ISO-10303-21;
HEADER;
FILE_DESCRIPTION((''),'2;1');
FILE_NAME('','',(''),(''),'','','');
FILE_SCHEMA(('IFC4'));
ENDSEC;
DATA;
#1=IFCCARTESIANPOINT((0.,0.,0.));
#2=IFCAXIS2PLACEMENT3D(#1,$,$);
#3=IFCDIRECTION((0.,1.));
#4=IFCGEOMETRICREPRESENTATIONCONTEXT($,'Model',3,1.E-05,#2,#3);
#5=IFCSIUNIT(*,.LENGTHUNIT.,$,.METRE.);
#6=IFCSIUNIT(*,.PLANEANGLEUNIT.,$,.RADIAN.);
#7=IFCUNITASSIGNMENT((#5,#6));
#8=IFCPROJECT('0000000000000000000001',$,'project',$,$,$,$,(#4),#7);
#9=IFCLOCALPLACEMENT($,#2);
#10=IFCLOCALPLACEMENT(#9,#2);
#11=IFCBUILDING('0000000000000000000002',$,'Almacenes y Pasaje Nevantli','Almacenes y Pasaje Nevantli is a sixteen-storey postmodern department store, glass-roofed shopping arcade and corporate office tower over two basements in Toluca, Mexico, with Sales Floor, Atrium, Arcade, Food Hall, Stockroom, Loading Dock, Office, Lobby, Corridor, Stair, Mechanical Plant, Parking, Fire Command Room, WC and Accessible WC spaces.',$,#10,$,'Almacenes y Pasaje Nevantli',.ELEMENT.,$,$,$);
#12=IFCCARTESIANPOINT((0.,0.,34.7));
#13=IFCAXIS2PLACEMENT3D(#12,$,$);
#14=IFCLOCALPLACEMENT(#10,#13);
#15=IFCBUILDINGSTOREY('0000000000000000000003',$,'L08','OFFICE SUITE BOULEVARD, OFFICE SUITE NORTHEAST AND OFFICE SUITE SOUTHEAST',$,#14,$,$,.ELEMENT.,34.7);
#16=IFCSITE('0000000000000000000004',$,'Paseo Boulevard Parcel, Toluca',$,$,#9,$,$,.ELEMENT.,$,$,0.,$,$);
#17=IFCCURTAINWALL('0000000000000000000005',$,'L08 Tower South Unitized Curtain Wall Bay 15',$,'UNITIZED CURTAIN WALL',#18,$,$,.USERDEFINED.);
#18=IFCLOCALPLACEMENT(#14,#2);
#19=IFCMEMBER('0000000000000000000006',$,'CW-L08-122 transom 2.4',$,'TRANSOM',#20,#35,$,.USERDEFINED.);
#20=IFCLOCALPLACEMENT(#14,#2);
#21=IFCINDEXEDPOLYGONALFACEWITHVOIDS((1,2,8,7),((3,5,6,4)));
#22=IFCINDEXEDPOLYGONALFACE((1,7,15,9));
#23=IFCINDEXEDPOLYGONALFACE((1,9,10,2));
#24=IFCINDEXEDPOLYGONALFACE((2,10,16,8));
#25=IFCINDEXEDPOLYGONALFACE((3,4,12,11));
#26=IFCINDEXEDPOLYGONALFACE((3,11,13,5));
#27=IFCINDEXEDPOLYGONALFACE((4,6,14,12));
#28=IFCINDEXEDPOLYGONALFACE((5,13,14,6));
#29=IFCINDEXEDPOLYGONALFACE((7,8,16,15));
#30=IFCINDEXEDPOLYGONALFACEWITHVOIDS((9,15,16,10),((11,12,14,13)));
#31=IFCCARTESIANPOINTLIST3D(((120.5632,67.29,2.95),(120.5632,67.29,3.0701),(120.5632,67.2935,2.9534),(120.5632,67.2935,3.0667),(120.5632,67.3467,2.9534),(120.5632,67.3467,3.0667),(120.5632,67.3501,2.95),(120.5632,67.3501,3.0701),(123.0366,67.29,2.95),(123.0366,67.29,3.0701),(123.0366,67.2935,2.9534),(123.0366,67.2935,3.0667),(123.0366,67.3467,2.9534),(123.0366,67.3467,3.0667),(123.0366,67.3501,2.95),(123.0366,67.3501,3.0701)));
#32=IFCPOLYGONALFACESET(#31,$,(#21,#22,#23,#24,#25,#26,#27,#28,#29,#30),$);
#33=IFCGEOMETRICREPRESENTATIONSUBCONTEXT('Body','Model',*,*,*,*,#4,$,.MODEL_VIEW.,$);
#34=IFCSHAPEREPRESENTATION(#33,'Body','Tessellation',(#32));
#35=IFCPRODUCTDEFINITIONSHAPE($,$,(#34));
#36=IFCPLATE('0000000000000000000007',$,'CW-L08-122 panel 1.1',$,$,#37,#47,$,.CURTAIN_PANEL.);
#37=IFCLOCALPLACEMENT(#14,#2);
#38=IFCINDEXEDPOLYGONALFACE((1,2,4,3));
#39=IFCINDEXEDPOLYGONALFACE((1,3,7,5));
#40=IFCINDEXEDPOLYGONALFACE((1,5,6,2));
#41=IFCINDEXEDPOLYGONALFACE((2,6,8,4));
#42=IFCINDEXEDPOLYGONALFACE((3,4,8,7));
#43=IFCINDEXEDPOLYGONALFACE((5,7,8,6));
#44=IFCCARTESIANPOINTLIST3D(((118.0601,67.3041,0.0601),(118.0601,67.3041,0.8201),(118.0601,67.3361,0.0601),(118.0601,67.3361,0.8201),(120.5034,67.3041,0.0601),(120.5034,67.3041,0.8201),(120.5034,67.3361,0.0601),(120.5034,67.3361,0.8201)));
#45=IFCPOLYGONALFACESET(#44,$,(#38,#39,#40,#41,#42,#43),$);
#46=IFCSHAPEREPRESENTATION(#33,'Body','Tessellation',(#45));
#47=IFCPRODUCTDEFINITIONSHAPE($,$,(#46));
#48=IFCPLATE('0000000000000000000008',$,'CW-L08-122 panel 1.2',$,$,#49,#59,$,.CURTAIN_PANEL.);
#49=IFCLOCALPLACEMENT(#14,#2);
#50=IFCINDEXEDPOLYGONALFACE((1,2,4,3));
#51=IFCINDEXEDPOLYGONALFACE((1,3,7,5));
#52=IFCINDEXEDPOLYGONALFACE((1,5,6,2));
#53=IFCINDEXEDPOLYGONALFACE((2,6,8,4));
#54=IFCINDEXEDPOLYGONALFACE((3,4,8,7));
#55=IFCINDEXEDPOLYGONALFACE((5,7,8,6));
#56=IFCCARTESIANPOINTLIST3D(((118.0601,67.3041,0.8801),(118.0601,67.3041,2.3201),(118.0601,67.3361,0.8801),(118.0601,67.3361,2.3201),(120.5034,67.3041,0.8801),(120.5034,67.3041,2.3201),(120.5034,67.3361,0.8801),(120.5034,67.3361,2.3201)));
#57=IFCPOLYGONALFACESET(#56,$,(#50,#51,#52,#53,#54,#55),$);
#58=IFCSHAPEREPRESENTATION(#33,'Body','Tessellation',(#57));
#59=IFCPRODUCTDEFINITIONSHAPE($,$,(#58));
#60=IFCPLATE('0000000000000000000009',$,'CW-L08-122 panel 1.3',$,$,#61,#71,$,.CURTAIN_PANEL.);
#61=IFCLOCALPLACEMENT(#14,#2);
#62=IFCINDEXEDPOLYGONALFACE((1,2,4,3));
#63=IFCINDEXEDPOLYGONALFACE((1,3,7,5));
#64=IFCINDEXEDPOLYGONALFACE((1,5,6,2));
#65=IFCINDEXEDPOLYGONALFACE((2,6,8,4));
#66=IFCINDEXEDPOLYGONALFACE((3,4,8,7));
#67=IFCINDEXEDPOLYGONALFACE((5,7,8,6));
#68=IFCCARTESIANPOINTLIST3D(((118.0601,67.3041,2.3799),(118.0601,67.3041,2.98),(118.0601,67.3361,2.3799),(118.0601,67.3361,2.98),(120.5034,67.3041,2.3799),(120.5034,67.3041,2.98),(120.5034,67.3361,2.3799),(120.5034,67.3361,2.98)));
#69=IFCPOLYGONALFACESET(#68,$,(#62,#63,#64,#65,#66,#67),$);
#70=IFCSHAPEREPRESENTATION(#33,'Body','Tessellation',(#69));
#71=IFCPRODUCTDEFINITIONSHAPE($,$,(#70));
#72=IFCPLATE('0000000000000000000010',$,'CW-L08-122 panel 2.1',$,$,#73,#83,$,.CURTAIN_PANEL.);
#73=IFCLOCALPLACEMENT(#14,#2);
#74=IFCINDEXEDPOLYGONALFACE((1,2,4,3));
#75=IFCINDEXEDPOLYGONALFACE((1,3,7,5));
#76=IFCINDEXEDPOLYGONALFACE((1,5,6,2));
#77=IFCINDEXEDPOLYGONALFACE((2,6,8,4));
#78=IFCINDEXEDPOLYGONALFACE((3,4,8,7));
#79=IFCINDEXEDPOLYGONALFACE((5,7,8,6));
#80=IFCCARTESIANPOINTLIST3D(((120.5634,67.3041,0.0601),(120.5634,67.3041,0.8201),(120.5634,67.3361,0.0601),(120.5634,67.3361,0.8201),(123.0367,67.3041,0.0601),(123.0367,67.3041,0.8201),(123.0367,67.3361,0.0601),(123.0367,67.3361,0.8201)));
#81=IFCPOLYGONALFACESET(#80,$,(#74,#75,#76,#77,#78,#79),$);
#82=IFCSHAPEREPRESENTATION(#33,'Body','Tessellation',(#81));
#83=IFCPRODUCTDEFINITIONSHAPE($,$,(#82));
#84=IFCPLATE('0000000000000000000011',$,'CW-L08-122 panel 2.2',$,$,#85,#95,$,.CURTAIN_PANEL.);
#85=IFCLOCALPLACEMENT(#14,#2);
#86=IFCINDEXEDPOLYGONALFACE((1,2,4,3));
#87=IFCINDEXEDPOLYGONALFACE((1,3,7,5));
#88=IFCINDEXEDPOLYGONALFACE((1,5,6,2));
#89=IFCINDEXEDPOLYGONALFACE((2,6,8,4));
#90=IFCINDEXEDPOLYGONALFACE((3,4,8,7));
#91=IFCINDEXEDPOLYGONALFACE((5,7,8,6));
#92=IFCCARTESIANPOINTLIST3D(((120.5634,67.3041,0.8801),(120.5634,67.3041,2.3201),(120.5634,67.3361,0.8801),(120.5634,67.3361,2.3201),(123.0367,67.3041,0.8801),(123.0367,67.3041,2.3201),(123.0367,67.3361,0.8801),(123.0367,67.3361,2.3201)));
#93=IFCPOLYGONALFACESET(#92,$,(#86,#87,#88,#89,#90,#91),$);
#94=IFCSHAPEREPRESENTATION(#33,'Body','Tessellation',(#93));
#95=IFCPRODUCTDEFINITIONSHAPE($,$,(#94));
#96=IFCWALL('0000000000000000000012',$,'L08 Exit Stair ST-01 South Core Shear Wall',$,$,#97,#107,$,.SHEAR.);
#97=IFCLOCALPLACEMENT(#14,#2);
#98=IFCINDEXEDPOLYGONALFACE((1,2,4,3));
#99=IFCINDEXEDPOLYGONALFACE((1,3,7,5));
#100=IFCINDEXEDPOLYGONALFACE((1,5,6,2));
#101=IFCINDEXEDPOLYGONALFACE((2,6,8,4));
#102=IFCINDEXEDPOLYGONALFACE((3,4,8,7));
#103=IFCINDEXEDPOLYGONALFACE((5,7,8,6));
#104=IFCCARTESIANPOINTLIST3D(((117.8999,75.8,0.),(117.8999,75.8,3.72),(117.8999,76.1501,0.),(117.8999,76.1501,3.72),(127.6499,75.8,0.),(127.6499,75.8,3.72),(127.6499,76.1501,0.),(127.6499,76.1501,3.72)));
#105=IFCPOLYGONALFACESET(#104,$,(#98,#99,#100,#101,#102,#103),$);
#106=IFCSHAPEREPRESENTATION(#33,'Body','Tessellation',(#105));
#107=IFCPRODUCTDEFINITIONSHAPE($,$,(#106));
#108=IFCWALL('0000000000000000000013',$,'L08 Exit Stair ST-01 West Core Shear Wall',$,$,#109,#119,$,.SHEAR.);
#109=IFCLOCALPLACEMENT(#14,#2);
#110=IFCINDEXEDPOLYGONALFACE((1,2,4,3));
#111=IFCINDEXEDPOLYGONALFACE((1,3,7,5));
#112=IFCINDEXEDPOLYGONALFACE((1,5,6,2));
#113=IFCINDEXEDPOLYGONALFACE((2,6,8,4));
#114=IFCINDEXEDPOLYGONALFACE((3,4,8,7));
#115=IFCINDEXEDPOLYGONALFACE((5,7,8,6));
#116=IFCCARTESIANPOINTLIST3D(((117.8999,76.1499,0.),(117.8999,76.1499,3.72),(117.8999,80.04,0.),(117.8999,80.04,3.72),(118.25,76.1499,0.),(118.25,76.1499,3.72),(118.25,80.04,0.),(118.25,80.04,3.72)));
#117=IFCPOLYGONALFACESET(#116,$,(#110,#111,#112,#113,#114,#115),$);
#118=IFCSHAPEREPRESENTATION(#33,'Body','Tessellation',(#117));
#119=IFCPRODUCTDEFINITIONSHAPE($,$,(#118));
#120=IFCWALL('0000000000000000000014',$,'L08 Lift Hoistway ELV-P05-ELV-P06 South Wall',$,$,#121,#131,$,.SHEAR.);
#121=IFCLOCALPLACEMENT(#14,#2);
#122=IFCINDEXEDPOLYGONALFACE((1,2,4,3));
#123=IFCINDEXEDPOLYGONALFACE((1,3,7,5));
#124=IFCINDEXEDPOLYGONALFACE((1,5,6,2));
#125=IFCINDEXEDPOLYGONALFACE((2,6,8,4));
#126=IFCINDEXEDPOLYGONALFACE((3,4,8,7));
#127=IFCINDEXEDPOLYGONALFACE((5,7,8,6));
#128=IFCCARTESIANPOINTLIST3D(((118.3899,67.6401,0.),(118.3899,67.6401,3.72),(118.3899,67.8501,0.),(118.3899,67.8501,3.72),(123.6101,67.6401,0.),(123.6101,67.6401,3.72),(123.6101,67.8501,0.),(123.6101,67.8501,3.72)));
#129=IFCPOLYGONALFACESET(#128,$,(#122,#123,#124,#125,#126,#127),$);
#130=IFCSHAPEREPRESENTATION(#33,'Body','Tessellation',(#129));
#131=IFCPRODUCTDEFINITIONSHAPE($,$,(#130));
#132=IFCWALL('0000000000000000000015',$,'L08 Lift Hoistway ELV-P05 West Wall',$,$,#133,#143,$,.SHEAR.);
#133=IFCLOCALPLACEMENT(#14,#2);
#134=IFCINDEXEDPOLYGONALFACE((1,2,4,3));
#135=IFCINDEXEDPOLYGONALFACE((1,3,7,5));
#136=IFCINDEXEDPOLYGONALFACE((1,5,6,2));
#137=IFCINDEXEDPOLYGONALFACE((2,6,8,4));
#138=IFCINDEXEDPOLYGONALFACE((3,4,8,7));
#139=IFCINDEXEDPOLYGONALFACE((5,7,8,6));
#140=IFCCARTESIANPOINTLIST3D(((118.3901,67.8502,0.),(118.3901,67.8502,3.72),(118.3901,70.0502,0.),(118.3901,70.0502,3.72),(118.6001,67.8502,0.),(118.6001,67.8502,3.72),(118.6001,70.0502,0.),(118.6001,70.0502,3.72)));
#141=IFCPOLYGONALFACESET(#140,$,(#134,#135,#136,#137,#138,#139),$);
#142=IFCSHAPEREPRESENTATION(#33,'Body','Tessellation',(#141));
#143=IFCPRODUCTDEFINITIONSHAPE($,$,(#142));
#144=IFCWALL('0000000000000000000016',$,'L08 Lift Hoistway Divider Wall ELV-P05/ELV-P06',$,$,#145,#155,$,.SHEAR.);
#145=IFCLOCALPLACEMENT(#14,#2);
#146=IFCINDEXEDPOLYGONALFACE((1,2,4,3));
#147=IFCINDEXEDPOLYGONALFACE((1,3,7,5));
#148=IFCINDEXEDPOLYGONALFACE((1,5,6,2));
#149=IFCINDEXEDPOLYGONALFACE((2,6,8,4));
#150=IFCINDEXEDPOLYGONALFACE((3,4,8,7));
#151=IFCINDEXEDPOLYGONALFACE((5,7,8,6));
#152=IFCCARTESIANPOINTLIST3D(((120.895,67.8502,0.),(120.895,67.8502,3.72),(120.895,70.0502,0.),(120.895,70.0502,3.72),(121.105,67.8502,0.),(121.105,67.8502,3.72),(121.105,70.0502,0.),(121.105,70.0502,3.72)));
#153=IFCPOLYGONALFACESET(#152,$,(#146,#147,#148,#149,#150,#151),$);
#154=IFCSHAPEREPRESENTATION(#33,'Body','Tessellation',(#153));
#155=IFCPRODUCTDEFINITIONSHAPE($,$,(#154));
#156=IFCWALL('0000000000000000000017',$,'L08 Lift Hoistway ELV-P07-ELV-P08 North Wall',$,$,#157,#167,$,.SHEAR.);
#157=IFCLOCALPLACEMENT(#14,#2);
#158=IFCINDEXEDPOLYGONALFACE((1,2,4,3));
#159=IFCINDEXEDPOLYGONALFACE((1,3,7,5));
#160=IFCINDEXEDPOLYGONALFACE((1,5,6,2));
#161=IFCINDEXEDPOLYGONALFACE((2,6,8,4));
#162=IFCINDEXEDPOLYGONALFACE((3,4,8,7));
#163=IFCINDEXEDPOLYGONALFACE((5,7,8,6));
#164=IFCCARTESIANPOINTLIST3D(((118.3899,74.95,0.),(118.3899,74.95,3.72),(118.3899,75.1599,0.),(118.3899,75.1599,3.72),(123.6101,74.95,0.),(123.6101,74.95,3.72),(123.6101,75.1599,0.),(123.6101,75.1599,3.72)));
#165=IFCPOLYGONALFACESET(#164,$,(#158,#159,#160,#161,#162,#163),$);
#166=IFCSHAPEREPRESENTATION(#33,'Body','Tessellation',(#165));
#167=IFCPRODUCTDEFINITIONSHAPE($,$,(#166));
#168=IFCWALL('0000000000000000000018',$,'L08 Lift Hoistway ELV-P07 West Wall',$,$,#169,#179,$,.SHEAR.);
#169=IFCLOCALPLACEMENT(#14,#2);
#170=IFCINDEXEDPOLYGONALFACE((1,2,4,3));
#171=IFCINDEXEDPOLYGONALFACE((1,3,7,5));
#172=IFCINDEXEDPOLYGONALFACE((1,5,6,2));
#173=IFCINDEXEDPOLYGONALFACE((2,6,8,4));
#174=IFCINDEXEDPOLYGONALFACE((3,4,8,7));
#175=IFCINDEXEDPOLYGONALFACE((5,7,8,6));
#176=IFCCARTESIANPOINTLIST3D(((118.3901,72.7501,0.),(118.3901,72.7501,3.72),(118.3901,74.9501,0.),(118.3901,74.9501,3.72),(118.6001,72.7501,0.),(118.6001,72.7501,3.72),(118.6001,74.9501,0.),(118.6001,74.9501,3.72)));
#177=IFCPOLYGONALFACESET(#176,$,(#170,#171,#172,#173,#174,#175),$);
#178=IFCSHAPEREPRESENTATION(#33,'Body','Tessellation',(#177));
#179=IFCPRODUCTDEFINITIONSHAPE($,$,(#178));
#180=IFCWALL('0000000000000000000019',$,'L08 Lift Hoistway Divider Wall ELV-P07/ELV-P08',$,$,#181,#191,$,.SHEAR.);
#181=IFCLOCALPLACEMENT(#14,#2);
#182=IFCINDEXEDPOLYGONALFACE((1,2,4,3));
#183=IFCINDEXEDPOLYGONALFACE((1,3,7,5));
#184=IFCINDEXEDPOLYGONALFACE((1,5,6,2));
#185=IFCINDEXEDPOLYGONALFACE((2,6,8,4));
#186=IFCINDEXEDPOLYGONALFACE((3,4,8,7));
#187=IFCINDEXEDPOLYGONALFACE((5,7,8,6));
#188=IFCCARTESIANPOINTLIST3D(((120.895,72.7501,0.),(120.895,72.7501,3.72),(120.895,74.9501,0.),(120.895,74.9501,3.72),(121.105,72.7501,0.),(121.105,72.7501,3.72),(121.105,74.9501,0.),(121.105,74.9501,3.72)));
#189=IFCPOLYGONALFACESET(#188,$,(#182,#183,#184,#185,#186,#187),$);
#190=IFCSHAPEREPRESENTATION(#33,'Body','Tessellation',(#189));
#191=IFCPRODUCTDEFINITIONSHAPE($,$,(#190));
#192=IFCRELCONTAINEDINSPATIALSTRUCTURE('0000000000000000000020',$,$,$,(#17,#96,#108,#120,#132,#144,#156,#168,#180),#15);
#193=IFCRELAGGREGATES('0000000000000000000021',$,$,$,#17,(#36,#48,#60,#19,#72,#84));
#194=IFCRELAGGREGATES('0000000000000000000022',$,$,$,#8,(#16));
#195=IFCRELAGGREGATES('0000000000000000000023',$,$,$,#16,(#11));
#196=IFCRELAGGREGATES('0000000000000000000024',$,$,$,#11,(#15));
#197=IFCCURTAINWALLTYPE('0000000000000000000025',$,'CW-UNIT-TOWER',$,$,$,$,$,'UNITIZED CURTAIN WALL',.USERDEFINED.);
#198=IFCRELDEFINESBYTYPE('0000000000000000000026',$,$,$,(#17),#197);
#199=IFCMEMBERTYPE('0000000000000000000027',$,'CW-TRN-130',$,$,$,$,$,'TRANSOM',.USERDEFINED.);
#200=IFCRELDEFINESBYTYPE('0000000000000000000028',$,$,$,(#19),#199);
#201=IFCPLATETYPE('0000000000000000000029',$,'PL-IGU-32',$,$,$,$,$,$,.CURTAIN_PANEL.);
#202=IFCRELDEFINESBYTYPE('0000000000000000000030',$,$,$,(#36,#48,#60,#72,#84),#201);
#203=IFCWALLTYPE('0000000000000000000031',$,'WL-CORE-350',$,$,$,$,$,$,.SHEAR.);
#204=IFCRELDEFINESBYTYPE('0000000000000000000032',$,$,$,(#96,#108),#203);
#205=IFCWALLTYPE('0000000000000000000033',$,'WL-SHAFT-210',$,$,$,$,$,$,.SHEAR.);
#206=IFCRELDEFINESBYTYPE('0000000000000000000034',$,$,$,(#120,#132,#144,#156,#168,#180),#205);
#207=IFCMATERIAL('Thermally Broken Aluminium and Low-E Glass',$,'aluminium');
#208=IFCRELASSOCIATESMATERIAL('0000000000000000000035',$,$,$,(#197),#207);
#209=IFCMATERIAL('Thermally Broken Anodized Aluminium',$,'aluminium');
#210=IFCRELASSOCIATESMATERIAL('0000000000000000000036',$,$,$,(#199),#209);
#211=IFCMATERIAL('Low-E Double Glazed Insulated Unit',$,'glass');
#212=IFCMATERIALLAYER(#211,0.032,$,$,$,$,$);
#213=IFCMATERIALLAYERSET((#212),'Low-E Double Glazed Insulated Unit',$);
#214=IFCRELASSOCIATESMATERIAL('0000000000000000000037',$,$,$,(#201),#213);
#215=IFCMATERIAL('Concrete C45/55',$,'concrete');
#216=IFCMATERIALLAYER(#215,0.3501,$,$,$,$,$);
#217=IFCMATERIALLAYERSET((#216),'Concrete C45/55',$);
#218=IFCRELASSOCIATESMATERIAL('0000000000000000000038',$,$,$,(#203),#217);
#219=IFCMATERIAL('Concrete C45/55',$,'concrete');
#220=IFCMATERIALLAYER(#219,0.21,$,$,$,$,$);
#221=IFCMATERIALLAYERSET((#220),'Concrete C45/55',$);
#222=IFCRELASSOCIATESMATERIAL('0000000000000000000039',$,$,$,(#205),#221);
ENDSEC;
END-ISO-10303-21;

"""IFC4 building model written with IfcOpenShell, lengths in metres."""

from ifc_helpers import new_model, si_unit, direction, frame, frame_2d, origin, origin_2d, place, context, subcontext, project, spatial, rectangle, hollow_rectangle, extrude, material, layer, layer_set, material_profile, profile_set, type_object, element, aggregate, save


model = new_model("IFC4")

# Units and contexts
model_context = context("Model", 3, precision=1e-05, world=origin(), true_north=direction((0.0, 1.0)))
body_context = subcontext(model_context, "Body", "Model", "MODEL_VIEW")
ifc_project = project(units=[si_unit("LENGTHUNIT", "METRE"), si_unit("PLANEANGLEUNIT", "RADIAN")], contexts=[model_context])

# Site, building, storey
site_placement = place(None, origin())
site = spatial("IfcSite", under=ifc_project, at=site_placement, Name="Paseo Boulevard Parcel, Toluca", CompositionType="ELEMENT", RefElevation=0.0)
building_placement = place(site_placement, origin())
building = spatial("IfcBuilding", under=site, at=building_placement, Name="Almacenes y Pasaje Nevantli", Description="Almacenes y Pasaje Nevantli is a sixteen-storey postmodern department store, glass-roofed shopping arcade and corporate office tower over two basements in Toluca, Mexico, with Sales Floor, Atrium, Arcade, Food Hall, Stockroom, Loading Dock, Office, Lobby, Corridor, Stair, Mechanical Plant, Parking, Fire Command Room, WC and Accessible WC spaces.", LongName="Almacenes y Pasaje Nevantli", CompositionType="ELEMENT")
storey_placement = place(building_placement, frame((0.0, 0.0, 34.7)))
storey = spatial("IfcBuildingStorey", under=building, at=storey_placement, Name="L08", Description="OFFICE SUITE BOULEVARD, OFFICE SUITE NORTHEAST AND OFFICE SUITE SOUTHEAST", CompositionType="ELEMENT", Elevation=34.7)

# Curtain wall, member, plates
ifc_material_1 = material(Name="Thermally Broken Aluminium and Low-E Glass", Category="aluminium")
curtain_wall_type = type_object("IfcCurtainWallType", Name="CW-UNIT-TOWER", ElementType="UNITIZED CURTAIN WALL", PredefinedType="USERDEFINED", material=ifc_material_1)
curtain_wall_placement = place(storey_placement, origin())
curtain_wall = element("IfcCurtainWall", 1, at=curtain_wall_placement, inside=storey, type_object=curtain_wall_type, Name="L08 Tower South Unitized Curtain Wall Bay 15", ObjectType="UNITIZED CURTAIN WALL", PredefinedType="USERDEFINED")
ifc_material_2 = material(Name="Thermally Broken Anodized Aluminium", Category="aluminium")
ifc_material_profile_1 = material_profile(ifc_material_2, hollow_rectangle(XDim=0.0601, YDim=0.1201, WallThickness=0.0034, at=origin_2d()), Name="ALU-TRN-60x120")
ifc_profile_set_1 = profile_set([ifc_material_profile_1], Name="Thermally Broken Anodized Aluminium")
member_type_1 = type_object("IfcMemberType", Name="CW-TRN-130", ElementType="TRANSOM", PredefinedType="USERDEFINED", material=ifc_profile_set_1)
member_1_placement = place(storey_placement, frame((120.5632, 67.3201, 3.01), z_axis=(1.0, 0.0, 0.0), x_axis=(0.0, 1.0, 0.0)))
member_1 = element("IfcMember", 2, at=member_1_placement, type_object=member_type_1, Name="CW-L08-122 transom 2.4", ObjectType="TRANSOM", PredefinedType="USERDEFINED", context=body_context, shape_type="SweptSolid", body=[
    extrude(hollow_rectangle(XDim=0.0601, YDim=0.1201, WallThickness=0.0034, at=origin_2d()), origin(), (0.0, 0.0, 1.0), 2.4734),
])
ifc_material_3 = material(Name="Low-E Double Glazed Insulated Unit", Category="glass")
ifc_layer_1 = layer(ifc_material_3, 0.032)
ifc_layer_set_1 = layer_set([ifc_layer_1], Name="Low-E Double Glazed Insulated Unit")
plate_type = type_object("IfcPlateType", Name="PL-IGU-32", PredefinedType="CURTAIN_PANEL", material=ifc_layer_set_1)
plate_1_placement = place(storey_placement, frame((119.2817, 67.3201, 0.0601), z_axis=(0.0, 0.0, 1.0), x_axis=(1.0, 0.0, 0.0)))
plate_1 = element("IfcPlate", 3, at=plate_1_placement, type_object=plate_type, Name="CW-L08-122 panel 1.1", PredefinedType="CURTAIN_PANEL", context=body_context, shape_type="SweptSolid", body=[
    extrude(rectangle(XDim=2.4434, YDim=0.032, at=origin_2d()), origin(), (0.0, 0.0, 1.0), 0.76),
])
plate_2_placement = place(storey_placement, frame((119.2817, 67.3201, 0.8801), z_axis=(0.0, 0.0, 1.0), x_axis=(1.0, 0.0, 0.0)))
plate_2 = element("IfcPlate", 4, at=plate_2_placement, type_object=plate_type, Name="CW-L08-122 panel 1.2", PredefinedType="CURTAIN_PANEL", context=body_context, shape_type="SweptSolid", body=[
    extrude(rectangle(XDim=2.4434, YDim=0.032, at=origin_2d()), origin(), (0.0, 0.0, 1.0), 1.4399),
])
plate_3_placement = place(storey_placement, frame((119.2817, 67.3201, 2.3799), z_axis=(0.0, 0.0, 1.0), x_axis=(1.0, 0.0, 0.0)))
plate_3 = element("IfcPlate", 5, at=plate_3_placement, type_object=plate_type, Name="CW-L08-122 panel 1.3", PredefinedType="CURTAIN_PANEL", context=body_context, shape_type="SweptSolid", body=[
    extrude(rectangle(XDim=2.4434, YDim=0.032, at=origin_2d()), origin(), (0.0, 0.0, 1.0), 0.6001),
])
plate_4_placement = place(storey_placement, frame((121.8, 67.3201, 0.0601), z_axis=(0.0, 0.0, 1.0), x_axis=(1.0, 0.0, 0.0)))
plate_4 = element("IfcPlate", 6, at=plate_4_placement, type_object=plate_type, Name="CW-L08-122 panel 2.1", PredefinedType="CURTAIN_PANEL", context=body_context, shape_type="SweptSolid", body=[
    extrude(rectangle(XDim=2.4734, YDim=0.032, at=origin_2d()), origin(), (0.0, 0.0, 1.0), 0.76),
])
plate_5_placement = place(storey_placement, frame((121.8, 67.3201, 0.8801), z_axis=(0.0, 0.0, 1.0), x_axis=(1.0, 0.0, 0.0)))
plate_5 = element("IfcPlate", 7, at=plate_5_placement, type_object=plate_type, Name="CW-L08-122 panel 2.2", PredefinedType="CURTAIN_PANEL", context=body_context, shape_type="SweptSolid", body=[
    extrude(rectangle(XDim=2.4734, YDim=0.032, at=origin_2d()), origin(), (0.0, 0.0, 1.0), 1.4399),
])
aggregate(curtain_wall, [plate_1, plate_2, plate_3, member_1, plate_4, plate_5])

# Walls
ifc_material_4 = material(Name="Concrete C45/55", Category="concrete")
ifc_layer_2 = layer(ifc_material_4, 0.3501)
ifc_layer_set_2 = layer_set([ifc_layer_2], Name="Concrete C45/55")
wall_type_1 = type_object("IfcWallType", Name="WL-CORE-350", PredefinedType="SHEAR", material=ifc_layer_set_2)
wall_1_placement = place(storey_placement, frame((117.8999, 75.9751, 0.0), z_axis=(0.0, 0.0, 1.0), x_axis=(1.0, 0.0, 0.0)))
element("IfcWall", 8, at=wall_1_placement, inside=storey, type_object=wall_type_1, Name="L08 Exit Stair ST-01 South Core Shear Wall", PredefinedType="SHEAR", context=body_context, shape_type="SweptSolid", body=[
    extrude(rectangle(XDim=9.75, YDim=0.3501, at=frame_2d((4.875, 0.0))), origin(), (0.0, 0.0, 1.0), 3.72),
])
wall_2_placement = place(storey_placement, frame((118.075, 76.1499, 0.0), z_axis=(0.0, 0.0, 1.0), x_axis=(0.0, 1.0, 0.0)))
element("IfcWall", 9, at=wall_2_placement, inside=storey, type_object=wall_type_1, Name="L08 Exit Stair ST-01 West Core Shear Wall", PredefinedType="SHEAR", context=body_context, shape_type="SweptSolid", body=[
    extrude(rectangle(XDim=3.8901, YDim=0.3501, at=frame_2d((1.9451, 0.0))), origin(), (0.0, 0.0, 1.0), 3.72),
])
ifc_material_5 = material(Name="Concrete C45/55", Category="concrete")
ifc_layer_3 = layer(ifc_material_5, 0.21)
ifc_layer_set_3 = layer_set([ifc_layer_3], Name="Concrete C45/55")
wall_type_2 = type_object("IfcWallType", Name="WL-SHAFT-210", PredefinedType="SHEAR", material=ifc_layer_set_3)
wall_3_placement = place(storey_placement, frame((118.3899, 67.7451, 0.0), z_axis=(0.0, 0.0, 1.0), x_axis=(1.0, 0.0, 0.0)))
element("IfcWall", 10, at=wall_3_placement, inside=storey, type_object=wall_type_2, Name="L08 Lift Hoistway ELV-P05-ELV-P06 South Wall", PredefinedType="SHEAR", context=body_context, shape_type="SweptSolid", body=[
    extrude(rectangle(XDim=5.2202, YDim=0.21, at=frame_2d((2.6101, 0.0))), origin(), (0.0, 0.0, 1.0), 3.72),
])

# Walls
for number, where, z_axis, x_axis, name in (
    (11, (118.4951, 67.8501, 0.0), (0.0, 0.0, 1.0), (0.0, 1.0, 0.0), "L08 Lift Hoistway ELV-P05 West Wall"),
    (12, (121.0, 67.8501, 0.0), (0.0, 0.0, 1.0), (0.0, 1.0, 0.0), "L08 Lift Hoistway Divider Wall ELV-P05/ELV-P06"),
):
    element("IfcWall", number, at=place(storey_placement, frame(where, z_axis=z_axis, x_axis=x_axis)), inside=storey, type_object=wall_type_2, Name=name, PredefinedType="SHEAR", context=body_context, shape_type="SweptSolid", body=[
        extrude(rectangle(XDim=2.2, YDim=0.21, at=frame_2d((1.1001, 0.0))), origin(), (0.0, 0.0, 1.0), 3.72),
    ])

# Walls
wall_4_placement = place(storey_placement, frame((118.3899, 75.0549, 0.0), z_axis=(0.0, 0.0, 1.0), x_axis=(1.0, 0.0, 0.0)))
element("IfcWall", 13, at=wall_4_placement, inside=storey, type_object=wall_type_2, Name="L08 Lift Hoistway ELV-P07-ELV-P08 North Wall", PredefinedType="SHEAR", context=body_context, shape_type="SweptSolid", body=[
    extrude(rectangle(XDim=5.2202, YDim=0.21, at=frame_2d((2.6101, 0.0))), origin(), (0.0, 0.0, 1.0), 3.72),
])
for number, where, z_axis, x_axis, name in (
    (14, (118.4951, 72.75, 0.0), (0.0, 0.0, 1.0), (0.0, 1.0, 0.0), "L08 Lift Hoistway ELV-P07 West Wall"),
    (15, (121.0, 72.75, 0.0), (0.0, 0.0, 1.0), (0.0, 1.0, 0.0), "L08 Lift Hoistway Divider Wall ELV-P07/ELV-P08"),
):
    element("IfcWall", number, at=place(storey_placement, frame(where, z_axis=z_axis, x_axis=x_axis)), inside=storey, type_object=wall_type_2, Name=name, PredefinedType="SHEAR", context=body_context, shape_type="SweptSolid", body=[
        extrude(rectangle(XDim=2.2, YDim=0.21, at=frame_2d((1.1001, 0.0))), origin(), (0.0, 0.0, 1.0), 3.72),
    ])

save(model, "model.ifc")
